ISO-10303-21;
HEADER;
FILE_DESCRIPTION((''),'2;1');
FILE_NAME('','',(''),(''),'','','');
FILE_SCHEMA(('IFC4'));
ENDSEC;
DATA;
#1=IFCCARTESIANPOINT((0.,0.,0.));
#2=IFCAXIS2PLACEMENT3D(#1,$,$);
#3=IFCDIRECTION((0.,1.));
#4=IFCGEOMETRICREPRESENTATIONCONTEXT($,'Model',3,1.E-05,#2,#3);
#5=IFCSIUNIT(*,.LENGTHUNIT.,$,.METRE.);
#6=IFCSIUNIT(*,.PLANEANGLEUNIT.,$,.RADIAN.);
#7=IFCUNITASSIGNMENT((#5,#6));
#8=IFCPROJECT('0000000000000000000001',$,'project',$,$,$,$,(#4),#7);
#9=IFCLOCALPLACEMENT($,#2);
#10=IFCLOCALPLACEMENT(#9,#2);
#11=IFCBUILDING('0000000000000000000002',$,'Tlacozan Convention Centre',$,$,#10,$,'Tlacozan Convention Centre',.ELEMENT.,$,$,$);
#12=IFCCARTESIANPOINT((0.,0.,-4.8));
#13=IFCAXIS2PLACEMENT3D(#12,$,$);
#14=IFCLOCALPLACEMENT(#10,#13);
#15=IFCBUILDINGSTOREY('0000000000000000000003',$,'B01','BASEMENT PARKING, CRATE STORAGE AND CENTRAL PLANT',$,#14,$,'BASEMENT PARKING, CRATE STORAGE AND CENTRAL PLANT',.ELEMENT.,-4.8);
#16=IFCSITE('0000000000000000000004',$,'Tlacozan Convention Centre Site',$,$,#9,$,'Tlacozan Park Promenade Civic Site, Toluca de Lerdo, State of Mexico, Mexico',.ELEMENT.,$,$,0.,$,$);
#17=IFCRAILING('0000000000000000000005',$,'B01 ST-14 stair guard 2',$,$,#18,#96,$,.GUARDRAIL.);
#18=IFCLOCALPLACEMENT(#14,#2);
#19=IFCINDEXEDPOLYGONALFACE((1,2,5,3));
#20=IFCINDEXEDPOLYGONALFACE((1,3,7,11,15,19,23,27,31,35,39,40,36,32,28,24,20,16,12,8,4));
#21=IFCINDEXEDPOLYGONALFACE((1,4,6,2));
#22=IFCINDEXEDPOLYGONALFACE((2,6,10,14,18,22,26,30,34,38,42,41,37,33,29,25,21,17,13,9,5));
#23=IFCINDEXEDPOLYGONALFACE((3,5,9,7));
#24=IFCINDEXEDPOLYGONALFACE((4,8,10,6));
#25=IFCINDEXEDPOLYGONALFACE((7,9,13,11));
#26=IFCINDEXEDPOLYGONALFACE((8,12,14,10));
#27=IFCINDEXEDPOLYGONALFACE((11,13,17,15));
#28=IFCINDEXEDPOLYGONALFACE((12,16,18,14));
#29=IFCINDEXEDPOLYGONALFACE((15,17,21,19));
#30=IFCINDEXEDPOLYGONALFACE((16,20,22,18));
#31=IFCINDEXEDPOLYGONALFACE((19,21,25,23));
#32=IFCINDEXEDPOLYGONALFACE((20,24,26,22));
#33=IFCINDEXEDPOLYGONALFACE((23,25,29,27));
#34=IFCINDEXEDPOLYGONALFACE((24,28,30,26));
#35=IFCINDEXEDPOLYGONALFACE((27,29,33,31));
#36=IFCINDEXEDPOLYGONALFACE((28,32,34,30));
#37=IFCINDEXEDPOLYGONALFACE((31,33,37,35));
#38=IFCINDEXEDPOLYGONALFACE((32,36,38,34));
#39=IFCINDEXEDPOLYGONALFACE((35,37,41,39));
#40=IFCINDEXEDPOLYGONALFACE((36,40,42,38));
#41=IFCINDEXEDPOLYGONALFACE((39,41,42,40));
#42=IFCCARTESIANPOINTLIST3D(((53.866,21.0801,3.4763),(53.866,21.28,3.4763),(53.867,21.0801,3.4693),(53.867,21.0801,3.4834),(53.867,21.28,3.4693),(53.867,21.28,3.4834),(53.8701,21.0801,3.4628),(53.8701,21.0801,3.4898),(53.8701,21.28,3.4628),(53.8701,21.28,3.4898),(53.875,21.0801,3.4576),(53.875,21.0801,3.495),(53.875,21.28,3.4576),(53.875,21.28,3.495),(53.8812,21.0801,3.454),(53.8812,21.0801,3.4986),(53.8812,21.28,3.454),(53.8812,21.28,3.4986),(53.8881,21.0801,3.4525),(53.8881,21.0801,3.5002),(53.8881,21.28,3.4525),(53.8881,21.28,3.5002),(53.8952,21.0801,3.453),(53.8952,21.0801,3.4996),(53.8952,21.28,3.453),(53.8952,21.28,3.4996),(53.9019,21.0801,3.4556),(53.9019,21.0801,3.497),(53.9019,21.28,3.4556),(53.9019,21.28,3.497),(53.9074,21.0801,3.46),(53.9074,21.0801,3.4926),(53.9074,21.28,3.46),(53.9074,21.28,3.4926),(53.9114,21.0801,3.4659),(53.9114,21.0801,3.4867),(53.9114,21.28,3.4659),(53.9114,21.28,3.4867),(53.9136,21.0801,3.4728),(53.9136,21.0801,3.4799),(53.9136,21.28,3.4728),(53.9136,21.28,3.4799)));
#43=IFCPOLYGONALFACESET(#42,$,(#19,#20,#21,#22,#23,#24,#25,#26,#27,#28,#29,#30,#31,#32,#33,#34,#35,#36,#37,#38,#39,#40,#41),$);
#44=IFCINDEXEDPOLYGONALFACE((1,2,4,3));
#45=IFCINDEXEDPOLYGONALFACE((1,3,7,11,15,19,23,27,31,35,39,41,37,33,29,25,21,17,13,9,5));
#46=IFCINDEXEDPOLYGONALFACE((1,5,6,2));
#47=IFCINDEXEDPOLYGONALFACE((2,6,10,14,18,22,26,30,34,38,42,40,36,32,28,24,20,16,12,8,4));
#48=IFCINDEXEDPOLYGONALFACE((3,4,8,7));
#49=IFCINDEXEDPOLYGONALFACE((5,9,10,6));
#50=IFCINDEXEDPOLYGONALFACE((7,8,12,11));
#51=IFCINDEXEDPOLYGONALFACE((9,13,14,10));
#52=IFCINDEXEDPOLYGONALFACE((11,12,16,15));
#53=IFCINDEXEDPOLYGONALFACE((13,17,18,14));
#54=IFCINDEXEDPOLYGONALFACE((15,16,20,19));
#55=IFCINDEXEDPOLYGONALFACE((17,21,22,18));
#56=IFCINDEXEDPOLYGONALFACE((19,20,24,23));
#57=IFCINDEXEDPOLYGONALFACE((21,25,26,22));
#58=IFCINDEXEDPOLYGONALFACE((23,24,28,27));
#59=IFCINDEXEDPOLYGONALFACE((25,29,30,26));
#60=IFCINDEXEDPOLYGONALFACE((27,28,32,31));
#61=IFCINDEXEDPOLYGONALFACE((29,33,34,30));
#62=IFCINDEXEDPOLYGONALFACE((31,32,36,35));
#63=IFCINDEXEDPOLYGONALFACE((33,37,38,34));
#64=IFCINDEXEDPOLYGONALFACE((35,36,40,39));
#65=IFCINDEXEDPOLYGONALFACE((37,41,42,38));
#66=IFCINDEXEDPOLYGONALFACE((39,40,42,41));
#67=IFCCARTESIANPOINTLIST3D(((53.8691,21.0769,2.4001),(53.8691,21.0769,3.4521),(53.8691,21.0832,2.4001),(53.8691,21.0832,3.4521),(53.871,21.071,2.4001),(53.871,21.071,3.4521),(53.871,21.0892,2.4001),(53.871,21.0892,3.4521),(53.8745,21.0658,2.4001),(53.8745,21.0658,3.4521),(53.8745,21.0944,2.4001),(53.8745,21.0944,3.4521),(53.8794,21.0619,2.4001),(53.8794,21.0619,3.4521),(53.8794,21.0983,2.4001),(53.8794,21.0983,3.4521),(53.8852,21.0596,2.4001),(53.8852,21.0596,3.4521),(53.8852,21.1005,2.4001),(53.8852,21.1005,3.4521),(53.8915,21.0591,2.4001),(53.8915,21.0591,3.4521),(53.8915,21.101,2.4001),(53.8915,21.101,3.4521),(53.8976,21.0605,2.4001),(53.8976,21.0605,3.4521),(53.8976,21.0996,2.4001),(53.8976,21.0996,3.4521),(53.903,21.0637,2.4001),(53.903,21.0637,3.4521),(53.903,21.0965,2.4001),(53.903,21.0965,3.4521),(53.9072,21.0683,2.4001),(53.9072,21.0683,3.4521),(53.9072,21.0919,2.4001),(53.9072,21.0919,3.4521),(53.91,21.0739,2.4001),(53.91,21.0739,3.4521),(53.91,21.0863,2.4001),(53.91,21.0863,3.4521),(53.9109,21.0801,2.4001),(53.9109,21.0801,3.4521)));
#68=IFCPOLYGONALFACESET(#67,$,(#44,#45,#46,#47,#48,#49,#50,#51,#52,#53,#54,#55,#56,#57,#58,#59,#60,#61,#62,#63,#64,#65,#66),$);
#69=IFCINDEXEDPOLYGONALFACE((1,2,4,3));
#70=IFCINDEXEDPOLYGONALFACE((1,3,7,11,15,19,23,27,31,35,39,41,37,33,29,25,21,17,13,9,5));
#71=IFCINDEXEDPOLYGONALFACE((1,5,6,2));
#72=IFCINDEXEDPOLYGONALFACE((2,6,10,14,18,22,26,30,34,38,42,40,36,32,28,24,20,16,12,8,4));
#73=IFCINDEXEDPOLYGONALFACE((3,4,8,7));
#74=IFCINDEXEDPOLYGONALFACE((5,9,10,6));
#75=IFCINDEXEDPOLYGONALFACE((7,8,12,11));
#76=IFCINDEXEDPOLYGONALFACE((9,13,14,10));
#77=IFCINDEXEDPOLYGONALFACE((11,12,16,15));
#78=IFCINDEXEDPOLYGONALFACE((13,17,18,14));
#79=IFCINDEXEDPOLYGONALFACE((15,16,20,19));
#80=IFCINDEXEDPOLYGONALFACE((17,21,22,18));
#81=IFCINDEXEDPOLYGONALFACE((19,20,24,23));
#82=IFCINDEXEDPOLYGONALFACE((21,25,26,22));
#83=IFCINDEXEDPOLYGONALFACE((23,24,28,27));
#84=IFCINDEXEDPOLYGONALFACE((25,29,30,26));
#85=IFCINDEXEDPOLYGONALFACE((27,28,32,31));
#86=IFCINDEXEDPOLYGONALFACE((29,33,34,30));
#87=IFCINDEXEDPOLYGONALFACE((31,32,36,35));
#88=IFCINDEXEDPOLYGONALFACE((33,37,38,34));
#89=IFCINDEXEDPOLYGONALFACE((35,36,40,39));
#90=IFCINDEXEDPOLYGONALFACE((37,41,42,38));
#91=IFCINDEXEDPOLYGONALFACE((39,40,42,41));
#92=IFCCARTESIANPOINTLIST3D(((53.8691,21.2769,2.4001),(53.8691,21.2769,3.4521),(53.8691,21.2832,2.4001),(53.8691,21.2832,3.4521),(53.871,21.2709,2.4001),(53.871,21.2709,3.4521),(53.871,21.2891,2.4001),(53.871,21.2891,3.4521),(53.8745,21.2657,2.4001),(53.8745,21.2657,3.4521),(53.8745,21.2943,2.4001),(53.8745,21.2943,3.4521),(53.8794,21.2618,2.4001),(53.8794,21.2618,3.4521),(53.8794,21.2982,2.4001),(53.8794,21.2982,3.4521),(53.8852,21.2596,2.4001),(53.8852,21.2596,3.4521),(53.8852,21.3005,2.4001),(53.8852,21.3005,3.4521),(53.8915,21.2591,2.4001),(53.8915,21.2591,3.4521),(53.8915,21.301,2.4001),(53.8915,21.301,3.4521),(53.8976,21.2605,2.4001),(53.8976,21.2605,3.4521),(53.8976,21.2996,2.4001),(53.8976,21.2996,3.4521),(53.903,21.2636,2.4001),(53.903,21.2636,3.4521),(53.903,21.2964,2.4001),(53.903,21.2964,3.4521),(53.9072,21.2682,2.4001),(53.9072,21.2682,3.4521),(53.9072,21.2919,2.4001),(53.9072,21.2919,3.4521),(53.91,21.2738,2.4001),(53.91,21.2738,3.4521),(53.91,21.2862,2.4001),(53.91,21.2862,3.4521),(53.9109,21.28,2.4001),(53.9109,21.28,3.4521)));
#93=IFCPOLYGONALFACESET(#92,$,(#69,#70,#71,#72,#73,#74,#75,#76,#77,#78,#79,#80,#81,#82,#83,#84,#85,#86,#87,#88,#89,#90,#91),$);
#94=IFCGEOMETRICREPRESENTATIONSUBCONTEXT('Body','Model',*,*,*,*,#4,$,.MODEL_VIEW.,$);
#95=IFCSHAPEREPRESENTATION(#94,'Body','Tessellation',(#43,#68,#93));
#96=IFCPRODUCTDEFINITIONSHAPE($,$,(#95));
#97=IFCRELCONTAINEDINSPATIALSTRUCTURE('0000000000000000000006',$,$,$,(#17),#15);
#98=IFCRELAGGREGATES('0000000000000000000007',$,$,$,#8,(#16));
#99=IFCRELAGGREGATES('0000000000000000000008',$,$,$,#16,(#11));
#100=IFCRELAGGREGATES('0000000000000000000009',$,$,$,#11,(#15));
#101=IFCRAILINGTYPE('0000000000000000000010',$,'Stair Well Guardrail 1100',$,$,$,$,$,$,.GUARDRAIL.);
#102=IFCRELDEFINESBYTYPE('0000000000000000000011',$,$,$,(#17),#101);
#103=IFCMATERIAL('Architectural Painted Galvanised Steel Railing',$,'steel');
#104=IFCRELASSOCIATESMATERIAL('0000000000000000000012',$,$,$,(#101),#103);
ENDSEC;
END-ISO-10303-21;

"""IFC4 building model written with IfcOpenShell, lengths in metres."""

from ifc_helpers import new_model, si_unit, direction, frame, origin, origin_2d, place, context, subcontext, project, spatial, circle, extrude, material, type_object, element, save


model = new_model("IFC4")

# Units and contexts
model_context = context("Model", 3, precision=1e-05, world=origin(), true_north=direction((0.0, 1.0)))
body_context = subcontext(model_context, "Body", "Model", "MODEL_VIEW")
ifc_project = project(units=[si_unit("LENGTHUNIT", "METRE"), si_unit("PLANEANGLEUNIT", "RADIAN")], contexts=[model_context])

# Site, building, storey
site_placement = place(None, origin())
site = spatial("IfcSite", under=ifc_project, at=site_placement, Name="Tlacozan Convention Centre Site", LongName="Tlacozan Park Promenade Civic Site, Toluca de Lerdo, State of Mexico, Mexico", CompositionType="ELEMENT", RefElevation=0.0)
building_placement = place(site_placement, origin())
building = spatial("IfcBuilding", under=site, at=building_placement, Name="Tlacozan Convention Centre", LongName="Tlacozan Convention Centre", CompositionType="ELEMENT")
storey_placement = place(building_placement, frame((0.0, 0.0, -4.8)))
storey = spatial("IfcBuildingStorey", under=building, at=storey_placement, Name="B01", Description="BASEMENT PARKING, CRATE STORAGE AND CENTRAL PLANT", LongName="BASEMENT PARKING, CRATE STORAGE AND CENTRAL PLANT", CompositionType="ELEMENT", Elevation=-4.8)

# Railing
ifc_material_1 = material(Name="Architectural Painted Galvanised Steel Railing", Category="steel")
railing_type_1 = type_object("IfcRailingType", Name="Stair Well Guardrail 1100", PredefinedType="GUARDRAIL", material=ifc_material_1)
railing_1_placement = place(storey_placement, frame((53.8899, 21.0801, 2.4001)))
element("IfcRailing", 1, at=railing_1_placement, inside=storey, type_object=railing_type_1, Name="B01 ST-14 stair guard 2", PredefinedType="GUARDRAIL", context=body_context, shape_type="SweptSolid", body=[
    extrude(circle(Radius=0.0239, at=origin_2d()), frame((0.0, 0.0, 1.0762), z_axis=(0.0, 1.0, 0.0), x_axis=(-1.0, 0.0, 0.0)), (0.0, 0.0, 1.0), 0.2),
    extrude(circle(Radius=0.021, at=origin_2d()), origin(), (0.0, 0.0, 1.0), 1.052),
    extrude(circle(Radius=0.021, at=origin_2d()), frame((0.0, 0.2, 0.0)), (0.0, 0.0, 1.0), 1.052),
])

save(model, "model.ifc")
